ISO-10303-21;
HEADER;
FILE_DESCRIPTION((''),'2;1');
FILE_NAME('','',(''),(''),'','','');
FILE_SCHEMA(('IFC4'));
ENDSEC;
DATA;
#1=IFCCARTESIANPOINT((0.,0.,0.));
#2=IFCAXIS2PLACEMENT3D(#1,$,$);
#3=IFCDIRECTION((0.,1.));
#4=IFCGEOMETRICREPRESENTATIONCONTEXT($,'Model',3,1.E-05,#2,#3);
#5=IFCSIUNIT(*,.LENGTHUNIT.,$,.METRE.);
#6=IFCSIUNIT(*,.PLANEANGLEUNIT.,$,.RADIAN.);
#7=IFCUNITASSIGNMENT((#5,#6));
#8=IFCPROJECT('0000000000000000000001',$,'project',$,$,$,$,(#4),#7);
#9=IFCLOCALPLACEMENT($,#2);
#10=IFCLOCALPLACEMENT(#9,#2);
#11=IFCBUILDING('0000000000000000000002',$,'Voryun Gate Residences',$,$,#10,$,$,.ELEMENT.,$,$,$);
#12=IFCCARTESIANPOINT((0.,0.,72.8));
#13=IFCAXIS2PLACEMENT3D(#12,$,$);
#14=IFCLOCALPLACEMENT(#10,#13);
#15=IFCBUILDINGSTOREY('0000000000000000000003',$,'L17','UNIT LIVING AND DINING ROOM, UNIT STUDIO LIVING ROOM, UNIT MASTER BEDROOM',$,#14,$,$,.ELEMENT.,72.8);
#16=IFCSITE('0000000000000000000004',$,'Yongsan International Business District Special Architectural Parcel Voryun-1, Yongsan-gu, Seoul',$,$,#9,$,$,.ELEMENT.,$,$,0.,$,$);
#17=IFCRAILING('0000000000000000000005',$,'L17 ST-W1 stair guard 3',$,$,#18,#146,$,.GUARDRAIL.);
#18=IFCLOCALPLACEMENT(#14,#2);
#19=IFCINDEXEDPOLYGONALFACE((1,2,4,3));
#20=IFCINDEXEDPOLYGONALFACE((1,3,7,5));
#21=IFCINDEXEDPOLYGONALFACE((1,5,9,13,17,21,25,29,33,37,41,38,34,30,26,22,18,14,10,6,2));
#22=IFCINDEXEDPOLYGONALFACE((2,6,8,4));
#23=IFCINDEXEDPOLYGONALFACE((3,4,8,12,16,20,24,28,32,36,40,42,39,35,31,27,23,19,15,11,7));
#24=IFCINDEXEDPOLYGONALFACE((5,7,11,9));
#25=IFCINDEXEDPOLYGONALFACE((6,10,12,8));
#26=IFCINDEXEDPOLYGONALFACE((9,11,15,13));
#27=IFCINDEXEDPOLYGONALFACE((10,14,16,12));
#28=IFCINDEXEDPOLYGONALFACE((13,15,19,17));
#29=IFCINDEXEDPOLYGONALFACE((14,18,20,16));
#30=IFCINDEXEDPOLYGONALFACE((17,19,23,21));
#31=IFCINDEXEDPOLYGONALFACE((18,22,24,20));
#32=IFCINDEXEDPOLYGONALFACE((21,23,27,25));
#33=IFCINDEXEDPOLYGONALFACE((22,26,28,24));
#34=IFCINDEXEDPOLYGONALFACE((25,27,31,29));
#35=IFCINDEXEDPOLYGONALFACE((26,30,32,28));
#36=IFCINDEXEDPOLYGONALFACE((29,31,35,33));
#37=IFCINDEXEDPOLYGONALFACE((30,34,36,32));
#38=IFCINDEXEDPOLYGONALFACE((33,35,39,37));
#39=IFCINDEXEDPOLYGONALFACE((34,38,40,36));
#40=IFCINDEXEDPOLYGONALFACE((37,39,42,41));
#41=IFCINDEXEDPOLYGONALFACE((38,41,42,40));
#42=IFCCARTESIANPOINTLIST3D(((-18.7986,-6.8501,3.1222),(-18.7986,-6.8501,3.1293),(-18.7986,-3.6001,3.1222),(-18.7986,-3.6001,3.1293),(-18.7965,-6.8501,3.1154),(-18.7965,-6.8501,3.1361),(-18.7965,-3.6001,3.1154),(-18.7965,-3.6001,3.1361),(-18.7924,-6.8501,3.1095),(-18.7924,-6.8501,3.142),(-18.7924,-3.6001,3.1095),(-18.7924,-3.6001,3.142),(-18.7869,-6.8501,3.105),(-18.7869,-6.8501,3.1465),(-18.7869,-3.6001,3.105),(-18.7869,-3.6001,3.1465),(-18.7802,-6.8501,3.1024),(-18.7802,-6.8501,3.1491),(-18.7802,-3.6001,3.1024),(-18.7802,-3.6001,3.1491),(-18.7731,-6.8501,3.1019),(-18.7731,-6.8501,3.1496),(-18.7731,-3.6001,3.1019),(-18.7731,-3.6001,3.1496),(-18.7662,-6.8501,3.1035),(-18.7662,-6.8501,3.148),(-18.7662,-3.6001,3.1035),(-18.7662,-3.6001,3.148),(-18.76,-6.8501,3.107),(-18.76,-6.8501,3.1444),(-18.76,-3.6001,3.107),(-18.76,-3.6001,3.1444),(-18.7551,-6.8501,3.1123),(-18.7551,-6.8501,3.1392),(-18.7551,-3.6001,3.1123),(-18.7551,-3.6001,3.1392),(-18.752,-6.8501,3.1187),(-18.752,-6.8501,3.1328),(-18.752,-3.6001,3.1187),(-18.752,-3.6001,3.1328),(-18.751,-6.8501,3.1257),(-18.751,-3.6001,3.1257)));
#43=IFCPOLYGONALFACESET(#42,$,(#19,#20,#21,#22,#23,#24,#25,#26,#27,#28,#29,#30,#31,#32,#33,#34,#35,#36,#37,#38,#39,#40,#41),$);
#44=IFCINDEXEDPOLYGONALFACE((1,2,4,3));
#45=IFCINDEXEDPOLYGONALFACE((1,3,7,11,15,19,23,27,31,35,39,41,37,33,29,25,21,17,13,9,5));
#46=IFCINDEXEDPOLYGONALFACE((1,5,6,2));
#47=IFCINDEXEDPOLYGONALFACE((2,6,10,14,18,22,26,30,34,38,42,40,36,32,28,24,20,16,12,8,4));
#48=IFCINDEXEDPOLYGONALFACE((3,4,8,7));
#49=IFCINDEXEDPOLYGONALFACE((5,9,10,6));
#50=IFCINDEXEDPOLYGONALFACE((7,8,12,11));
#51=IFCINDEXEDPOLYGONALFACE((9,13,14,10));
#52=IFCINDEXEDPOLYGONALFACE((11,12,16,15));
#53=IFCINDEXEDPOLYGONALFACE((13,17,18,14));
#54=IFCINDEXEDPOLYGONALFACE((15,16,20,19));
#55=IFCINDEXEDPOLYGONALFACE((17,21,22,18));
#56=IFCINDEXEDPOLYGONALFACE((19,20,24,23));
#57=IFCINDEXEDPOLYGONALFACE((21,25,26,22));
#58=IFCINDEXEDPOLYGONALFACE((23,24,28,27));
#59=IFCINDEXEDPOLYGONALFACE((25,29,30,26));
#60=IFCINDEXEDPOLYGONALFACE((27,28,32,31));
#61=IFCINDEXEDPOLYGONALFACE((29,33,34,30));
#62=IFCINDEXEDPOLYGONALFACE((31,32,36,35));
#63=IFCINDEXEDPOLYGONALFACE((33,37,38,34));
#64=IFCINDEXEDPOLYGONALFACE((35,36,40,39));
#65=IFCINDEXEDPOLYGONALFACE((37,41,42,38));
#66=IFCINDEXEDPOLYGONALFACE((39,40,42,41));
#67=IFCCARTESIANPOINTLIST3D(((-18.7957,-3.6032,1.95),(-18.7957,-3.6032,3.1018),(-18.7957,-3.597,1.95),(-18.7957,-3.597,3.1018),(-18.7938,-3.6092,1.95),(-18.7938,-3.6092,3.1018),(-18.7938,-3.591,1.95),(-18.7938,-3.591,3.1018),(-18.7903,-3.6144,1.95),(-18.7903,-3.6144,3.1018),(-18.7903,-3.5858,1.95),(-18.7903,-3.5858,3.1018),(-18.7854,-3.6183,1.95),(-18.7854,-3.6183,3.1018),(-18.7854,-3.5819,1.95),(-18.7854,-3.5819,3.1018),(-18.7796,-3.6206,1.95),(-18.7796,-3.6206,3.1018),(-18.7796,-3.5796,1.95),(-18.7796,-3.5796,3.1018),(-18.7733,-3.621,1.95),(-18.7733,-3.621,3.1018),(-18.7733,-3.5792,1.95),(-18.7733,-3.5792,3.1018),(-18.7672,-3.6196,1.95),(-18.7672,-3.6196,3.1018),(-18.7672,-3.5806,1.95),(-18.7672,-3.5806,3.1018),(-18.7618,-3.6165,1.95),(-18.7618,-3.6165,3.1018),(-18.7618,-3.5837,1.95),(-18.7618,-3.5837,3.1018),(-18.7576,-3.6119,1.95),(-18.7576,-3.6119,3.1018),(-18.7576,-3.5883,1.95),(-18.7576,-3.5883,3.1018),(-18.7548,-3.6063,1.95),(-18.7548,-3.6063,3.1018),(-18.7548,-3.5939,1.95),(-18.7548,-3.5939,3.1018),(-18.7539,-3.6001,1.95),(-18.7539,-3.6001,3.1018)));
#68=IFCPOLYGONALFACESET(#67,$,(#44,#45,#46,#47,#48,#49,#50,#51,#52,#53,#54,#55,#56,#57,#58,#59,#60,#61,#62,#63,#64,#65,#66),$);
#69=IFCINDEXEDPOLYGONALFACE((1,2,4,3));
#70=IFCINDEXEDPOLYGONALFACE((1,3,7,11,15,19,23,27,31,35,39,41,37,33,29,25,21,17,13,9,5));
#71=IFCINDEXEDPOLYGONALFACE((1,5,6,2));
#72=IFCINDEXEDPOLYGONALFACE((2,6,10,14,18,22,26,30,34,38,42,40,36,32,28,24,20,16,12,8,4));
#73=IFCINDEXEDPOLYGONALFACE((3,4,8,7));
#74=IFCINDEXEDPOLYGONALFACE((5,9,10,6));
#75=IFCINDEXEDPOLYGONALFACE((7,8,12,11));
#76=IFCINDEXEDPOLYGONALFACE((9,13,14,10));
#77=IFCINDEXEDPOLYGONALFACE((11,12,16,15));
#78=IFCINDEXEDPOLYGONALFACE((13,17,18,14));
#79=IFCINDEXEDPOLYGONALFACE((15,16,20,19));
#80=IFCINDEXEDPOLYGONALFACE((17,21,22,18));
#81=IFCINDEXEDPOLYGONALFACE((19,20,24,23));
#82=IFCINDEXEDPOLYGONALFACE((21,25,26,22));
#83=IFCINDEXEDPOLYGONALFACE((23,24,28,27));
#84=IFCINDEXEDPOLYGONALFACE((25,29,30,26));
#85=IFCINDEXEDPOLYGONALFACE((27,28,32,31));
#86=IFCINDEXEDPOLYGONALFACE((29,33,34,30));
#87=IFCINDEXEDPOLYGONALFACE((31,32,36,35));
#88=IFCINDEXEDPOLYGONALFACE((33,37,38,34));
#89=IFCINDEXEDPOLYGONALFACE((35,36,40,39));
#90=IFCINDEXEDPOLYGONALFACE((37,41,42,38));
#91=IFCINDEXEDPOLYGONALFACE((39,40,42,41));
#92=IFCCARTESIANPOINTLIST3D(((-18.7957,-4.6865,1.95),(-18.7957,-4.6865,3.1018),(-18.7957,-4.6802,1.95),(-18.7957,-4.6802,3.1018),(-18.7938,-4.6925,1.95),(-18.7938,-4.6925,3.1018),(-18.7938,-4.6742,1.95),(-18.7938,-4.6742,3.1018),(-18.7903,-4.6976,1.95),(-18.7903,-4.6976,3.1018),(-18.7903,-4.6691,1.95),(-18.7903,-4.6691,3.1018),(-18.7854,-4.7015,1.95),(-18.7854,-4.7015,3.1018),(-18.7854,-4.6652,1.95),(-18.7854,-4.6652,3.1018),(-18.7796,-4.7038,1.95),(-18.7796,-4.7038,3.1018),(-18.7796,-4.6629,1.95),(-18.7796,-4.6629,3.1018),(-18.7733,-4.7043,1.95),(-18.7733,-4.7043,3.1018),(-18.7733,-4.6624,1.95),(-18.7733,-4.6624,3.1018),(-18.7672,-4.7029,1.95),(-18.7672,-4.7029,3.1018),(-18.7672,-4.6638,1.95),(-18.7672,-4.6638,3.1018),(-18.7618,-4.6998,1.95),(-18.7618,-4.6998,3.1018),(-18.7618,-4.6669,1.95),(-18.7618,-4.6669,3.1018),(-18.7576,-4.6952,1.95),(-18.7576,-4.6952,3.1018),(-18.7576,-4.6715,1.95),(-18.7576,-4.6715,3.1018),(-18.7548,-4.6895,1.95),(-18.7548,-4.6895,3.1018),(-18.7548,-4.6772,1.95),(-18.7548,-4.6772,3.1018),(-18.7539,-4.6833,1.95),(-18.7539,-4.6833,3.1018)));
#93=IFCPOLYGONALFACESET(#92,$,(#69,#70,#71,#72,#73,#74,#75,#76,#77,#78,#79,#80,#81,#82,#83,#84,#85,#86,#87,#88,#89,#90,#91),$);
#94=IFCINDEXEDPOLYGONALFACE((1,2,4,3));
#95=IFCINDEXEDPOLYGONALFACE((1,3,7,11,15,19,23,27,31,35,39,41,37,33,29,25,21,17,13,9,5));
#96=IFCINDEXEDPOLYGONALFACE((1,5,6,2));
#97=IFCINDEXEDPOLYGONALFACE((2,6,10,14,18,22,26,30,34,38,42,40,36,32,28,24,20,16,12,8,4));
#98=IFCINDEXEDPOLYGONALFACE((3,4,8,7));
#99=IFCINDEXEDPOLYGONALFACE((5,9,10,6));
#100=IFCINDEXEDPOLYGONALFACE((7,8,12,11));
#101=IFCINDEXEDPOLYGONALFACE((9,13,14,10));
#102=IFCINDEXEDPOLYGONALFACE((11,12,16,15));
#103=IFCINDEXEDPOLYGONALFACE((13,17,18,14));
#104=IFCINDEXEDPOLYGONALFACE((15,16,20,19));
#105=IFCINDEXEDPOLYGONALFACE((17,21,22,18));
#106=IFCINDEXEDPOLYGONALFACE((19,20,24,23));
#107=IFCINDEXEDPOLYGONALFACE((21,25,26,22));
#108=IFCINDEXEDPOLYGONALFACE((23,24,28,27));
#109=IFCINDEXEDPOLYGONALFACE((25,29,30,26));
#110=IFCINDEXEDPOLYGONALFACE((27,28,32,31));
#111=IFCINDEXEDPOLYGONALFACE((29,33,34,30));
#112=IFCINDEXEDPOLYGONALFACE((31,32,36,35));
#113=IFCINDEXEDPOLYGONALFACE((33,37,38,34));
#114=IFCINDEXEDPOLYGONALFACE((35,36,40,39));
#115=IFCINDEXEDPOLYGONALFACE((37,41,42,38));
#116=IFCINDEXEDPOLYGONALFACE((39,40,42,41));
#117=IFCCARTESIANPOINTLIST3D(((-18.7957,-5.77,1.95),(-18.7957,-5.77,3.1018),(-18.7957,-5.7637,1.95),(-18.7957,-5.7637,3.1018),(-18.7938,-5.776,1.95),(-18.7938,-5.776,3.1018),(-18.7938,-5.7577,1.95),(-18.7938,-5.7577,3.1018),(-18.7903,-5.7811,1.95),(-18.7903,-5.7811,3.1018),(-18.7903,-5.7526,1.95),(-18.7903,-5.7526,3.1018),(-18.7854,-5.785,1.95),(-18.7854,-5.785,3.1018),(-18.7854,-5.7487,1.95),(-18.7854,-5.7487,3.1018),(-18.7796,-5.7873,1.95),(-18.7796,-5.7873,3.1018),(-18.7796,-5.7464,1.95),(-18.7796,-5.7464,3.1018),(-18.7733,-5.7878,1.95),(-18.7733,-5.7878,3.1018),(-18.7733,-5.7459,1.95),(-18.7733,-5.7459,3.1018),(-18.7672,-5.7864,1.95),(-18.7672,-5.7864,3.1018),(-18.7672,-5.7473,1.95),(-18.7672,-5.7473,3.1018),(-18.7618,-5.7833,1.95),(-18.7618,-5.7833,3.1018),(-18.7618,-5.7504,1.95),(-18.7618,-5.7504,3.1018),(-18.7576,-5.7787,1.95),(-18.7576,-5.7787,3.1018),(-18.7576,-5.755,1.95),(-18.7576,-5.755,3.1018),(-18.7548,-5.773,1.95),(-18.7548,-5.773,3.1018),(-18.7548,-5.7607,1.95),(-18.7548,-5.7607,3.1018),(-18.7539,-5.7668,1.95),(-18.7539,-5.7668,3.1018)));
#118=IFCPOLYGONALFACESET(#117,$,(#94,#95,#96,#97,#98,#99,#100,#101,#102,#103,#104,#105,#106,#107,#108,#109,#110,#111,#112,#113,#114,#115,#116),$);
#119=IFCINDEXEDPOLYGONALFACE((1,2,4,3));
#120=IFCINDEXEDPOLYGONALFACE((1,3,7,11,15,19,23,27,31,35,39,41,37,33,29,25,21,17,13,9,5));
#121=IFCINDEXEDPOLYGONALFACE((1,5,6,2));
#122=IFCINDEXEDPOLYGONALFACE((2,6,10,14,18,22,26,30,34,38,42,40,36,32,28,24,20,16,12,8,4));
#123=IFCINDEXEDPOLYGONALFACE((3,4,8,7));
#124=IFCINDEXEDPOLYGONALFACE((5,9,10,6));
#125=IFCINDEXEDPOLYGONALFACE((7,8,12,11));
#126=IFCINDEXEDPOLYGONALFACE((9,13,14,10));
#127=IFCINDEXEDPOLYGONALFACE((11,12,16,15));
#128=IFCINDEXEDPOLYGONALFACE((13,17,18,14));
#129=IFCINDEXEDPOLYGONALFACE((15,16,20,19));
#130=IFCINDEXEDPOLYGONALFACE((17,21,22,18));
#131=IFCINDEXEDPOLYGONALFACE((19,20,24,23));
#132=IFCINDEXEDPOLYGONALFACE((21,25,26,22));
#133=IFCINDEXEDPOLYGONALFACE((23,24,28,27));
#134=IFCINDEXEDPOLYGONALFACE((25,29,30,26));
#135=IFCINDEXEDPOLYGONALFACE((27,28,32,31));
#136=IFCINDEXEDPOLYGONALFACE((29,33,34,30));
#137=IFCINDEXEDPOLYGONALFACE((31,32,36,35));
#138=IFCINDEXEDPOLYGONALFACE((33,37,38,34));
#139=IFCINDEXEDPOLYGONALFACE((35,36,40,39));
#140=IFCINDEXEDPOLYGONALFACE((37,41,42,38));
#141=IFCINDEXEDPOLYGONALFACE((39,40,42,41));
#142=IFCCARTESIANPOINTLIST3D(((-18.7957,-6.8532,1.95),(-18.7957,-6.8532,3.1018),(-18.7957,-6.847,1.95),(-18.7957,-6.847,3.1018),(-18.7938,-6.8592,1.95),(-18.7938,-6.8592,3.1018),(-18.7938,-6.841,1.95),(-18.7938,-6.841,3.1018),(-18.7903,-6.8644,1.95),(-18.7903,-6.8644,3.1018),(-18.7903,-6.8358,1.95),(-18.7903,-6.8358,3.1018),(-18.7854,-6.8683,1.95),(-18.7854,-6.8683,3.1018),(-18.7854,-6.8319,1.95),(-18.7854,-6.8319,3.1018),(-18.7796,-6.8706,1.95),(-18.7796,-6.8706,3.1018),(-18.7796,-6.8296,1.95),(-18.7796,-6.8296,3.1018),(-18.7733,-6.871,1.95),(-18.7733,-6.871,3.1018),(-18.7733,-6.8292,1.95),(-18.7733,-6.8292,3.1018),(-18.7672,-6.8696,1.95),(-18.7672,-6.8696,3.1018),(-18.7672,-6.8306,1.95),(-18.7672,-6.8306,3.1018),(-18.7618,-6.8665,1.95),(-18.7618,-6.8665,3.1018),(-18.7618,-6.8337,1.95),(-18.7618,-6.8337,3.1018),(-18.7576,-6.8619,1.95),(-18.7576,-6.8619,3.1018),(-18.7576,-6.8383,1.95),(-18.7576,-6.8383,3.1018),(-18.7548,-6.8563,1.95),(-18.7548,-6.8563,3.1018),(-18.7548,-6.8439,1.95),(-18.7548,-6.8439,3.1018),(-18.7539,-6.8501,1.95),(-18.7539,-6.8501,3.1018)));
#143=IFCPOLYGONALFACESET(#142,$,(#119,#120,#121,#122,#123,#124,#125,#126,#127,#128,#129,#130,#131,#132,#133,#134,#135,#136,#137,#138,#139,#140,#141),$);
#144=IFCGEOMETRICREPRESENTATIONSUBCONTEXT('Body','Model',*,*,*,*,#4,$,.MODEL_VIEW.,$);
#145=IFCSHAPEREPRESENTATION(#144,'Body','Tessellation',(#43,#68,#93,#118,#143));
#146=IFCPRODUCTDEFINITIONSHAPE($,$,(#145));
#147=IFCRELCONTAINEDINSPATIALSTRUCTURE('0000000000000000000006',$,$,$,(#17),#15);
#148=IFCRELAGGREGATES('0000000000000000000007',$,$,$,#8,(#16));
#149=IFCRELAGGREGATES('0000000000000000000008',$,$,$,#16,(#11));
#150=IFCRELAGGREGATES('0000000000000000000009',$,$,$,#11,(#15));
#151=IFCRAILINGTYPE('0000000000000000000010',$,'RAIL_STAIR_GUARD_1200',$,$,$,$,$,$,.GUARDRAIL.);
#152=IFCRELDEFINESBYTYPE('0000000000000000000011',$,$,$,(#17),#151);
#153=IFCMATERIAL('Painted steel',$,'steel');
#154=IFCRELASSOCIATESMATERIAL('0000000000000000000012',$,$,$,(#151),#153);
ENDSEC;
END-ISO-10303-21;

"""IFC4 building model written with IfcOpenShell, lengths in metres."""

from ifc_helpers import new_model, si_unit, direction, frame, origin, origin_2d, place, context, subcontext, project, spatial, circle, extrude, material, type_object, element, save


model = new_model("IFC4")

# Units and contexts
model_context = context("Model", 3, precision=1e-05, world=origin(), true_north=direction((0.0, 1.0)))
body_context = subcontext(model_context, "Body", "Model", "MODEL_VIEW")
ifc_project = project(units=[si_unit("LENGTHUNIT", "METRE"), si_unit("PLANEANGLEUNIT", "RADIAN")], contexts=[model_context])

# Site, building, storey
site_placement = place(None, origin())
site = spatial("IfcSite", under=ifc_project, at=site_placement, Name="Yongsan International Business District Special Architectural Parcel Voryun-1, Yongsan-gu, Seoul", CompositionType="ELEMENT", RefElevation=0.0)
building_placement = place(site_placement, origin())
building = spatial("IfcBuilding", under=site, at=building_placement, Name="Voryun Gate Residences", CompositionType="ELEMENT")
storey_placement = place(building_placement, frame((0.0, 0.0, 72.8)))
storey = spatial("IfcBuildingStorey", under=building, at=storey_placement, Name="L17", Description="UNIT LIVING AND DINING ROOM, UNIT STUDIO LIVING ROOM, UNIT MASTER BEDROOM", CompositionType="ELEMENT", Elevation=72.8)

# Railing
ifc_material_1 = material(Name="Painted steel", Category="steel")
railing_type_1 = type_object("IfcRailingType", Name="RAIL_STAIR_GUARD_1200", PredefinedType="GUARDRAIL", material=ifc_material_1)
for number, where, name in (
    (1, (-18.7749, -3.6001, 1.95), "L17 ST-W1 stair guard 3"),
):
    element("IfcRailing", number, at=place(storey_placement, frame(where)), inside=storey, type_object=railing_type_1, Name=name, PredefinedType="GUARDRAIL", context=body_context, shape_type="SweptSolid", body=[
        extrude(circle(Radius=0.0239, at=origin_2d()), frame((0.0, 0.0, 1.1758), z_axis=(0.0, -1.0, 0.0), x_axis=(1.0, 0.0, 0.0)), (0.0, 0.0, 1.0), 3.25),
        extrude(circle(Radius=0.021, at=origin_2d()), origin(), (0.0, 0.0, 1.0), 1.1519),
        extrude(circle(Radius=0.021, at=origin_2d()), frame((0.0, -1.0833, 0.0)), (0.0, 0.0, 1.0), 1.1519),
        extrude(circle(Radius=0.021, at=origin_2d()), frame((0.0, -2.1667, 0.0)), (0.0, 0.0, 1.0), 1.1519),
        extrude(circle(Radius=0.021, at=origin_2d()), frame((0.0, -3.25, 0.0)), (0.0, 0.0, 1.0), 1.1519),
    ])

save(model, "model.ifc")
